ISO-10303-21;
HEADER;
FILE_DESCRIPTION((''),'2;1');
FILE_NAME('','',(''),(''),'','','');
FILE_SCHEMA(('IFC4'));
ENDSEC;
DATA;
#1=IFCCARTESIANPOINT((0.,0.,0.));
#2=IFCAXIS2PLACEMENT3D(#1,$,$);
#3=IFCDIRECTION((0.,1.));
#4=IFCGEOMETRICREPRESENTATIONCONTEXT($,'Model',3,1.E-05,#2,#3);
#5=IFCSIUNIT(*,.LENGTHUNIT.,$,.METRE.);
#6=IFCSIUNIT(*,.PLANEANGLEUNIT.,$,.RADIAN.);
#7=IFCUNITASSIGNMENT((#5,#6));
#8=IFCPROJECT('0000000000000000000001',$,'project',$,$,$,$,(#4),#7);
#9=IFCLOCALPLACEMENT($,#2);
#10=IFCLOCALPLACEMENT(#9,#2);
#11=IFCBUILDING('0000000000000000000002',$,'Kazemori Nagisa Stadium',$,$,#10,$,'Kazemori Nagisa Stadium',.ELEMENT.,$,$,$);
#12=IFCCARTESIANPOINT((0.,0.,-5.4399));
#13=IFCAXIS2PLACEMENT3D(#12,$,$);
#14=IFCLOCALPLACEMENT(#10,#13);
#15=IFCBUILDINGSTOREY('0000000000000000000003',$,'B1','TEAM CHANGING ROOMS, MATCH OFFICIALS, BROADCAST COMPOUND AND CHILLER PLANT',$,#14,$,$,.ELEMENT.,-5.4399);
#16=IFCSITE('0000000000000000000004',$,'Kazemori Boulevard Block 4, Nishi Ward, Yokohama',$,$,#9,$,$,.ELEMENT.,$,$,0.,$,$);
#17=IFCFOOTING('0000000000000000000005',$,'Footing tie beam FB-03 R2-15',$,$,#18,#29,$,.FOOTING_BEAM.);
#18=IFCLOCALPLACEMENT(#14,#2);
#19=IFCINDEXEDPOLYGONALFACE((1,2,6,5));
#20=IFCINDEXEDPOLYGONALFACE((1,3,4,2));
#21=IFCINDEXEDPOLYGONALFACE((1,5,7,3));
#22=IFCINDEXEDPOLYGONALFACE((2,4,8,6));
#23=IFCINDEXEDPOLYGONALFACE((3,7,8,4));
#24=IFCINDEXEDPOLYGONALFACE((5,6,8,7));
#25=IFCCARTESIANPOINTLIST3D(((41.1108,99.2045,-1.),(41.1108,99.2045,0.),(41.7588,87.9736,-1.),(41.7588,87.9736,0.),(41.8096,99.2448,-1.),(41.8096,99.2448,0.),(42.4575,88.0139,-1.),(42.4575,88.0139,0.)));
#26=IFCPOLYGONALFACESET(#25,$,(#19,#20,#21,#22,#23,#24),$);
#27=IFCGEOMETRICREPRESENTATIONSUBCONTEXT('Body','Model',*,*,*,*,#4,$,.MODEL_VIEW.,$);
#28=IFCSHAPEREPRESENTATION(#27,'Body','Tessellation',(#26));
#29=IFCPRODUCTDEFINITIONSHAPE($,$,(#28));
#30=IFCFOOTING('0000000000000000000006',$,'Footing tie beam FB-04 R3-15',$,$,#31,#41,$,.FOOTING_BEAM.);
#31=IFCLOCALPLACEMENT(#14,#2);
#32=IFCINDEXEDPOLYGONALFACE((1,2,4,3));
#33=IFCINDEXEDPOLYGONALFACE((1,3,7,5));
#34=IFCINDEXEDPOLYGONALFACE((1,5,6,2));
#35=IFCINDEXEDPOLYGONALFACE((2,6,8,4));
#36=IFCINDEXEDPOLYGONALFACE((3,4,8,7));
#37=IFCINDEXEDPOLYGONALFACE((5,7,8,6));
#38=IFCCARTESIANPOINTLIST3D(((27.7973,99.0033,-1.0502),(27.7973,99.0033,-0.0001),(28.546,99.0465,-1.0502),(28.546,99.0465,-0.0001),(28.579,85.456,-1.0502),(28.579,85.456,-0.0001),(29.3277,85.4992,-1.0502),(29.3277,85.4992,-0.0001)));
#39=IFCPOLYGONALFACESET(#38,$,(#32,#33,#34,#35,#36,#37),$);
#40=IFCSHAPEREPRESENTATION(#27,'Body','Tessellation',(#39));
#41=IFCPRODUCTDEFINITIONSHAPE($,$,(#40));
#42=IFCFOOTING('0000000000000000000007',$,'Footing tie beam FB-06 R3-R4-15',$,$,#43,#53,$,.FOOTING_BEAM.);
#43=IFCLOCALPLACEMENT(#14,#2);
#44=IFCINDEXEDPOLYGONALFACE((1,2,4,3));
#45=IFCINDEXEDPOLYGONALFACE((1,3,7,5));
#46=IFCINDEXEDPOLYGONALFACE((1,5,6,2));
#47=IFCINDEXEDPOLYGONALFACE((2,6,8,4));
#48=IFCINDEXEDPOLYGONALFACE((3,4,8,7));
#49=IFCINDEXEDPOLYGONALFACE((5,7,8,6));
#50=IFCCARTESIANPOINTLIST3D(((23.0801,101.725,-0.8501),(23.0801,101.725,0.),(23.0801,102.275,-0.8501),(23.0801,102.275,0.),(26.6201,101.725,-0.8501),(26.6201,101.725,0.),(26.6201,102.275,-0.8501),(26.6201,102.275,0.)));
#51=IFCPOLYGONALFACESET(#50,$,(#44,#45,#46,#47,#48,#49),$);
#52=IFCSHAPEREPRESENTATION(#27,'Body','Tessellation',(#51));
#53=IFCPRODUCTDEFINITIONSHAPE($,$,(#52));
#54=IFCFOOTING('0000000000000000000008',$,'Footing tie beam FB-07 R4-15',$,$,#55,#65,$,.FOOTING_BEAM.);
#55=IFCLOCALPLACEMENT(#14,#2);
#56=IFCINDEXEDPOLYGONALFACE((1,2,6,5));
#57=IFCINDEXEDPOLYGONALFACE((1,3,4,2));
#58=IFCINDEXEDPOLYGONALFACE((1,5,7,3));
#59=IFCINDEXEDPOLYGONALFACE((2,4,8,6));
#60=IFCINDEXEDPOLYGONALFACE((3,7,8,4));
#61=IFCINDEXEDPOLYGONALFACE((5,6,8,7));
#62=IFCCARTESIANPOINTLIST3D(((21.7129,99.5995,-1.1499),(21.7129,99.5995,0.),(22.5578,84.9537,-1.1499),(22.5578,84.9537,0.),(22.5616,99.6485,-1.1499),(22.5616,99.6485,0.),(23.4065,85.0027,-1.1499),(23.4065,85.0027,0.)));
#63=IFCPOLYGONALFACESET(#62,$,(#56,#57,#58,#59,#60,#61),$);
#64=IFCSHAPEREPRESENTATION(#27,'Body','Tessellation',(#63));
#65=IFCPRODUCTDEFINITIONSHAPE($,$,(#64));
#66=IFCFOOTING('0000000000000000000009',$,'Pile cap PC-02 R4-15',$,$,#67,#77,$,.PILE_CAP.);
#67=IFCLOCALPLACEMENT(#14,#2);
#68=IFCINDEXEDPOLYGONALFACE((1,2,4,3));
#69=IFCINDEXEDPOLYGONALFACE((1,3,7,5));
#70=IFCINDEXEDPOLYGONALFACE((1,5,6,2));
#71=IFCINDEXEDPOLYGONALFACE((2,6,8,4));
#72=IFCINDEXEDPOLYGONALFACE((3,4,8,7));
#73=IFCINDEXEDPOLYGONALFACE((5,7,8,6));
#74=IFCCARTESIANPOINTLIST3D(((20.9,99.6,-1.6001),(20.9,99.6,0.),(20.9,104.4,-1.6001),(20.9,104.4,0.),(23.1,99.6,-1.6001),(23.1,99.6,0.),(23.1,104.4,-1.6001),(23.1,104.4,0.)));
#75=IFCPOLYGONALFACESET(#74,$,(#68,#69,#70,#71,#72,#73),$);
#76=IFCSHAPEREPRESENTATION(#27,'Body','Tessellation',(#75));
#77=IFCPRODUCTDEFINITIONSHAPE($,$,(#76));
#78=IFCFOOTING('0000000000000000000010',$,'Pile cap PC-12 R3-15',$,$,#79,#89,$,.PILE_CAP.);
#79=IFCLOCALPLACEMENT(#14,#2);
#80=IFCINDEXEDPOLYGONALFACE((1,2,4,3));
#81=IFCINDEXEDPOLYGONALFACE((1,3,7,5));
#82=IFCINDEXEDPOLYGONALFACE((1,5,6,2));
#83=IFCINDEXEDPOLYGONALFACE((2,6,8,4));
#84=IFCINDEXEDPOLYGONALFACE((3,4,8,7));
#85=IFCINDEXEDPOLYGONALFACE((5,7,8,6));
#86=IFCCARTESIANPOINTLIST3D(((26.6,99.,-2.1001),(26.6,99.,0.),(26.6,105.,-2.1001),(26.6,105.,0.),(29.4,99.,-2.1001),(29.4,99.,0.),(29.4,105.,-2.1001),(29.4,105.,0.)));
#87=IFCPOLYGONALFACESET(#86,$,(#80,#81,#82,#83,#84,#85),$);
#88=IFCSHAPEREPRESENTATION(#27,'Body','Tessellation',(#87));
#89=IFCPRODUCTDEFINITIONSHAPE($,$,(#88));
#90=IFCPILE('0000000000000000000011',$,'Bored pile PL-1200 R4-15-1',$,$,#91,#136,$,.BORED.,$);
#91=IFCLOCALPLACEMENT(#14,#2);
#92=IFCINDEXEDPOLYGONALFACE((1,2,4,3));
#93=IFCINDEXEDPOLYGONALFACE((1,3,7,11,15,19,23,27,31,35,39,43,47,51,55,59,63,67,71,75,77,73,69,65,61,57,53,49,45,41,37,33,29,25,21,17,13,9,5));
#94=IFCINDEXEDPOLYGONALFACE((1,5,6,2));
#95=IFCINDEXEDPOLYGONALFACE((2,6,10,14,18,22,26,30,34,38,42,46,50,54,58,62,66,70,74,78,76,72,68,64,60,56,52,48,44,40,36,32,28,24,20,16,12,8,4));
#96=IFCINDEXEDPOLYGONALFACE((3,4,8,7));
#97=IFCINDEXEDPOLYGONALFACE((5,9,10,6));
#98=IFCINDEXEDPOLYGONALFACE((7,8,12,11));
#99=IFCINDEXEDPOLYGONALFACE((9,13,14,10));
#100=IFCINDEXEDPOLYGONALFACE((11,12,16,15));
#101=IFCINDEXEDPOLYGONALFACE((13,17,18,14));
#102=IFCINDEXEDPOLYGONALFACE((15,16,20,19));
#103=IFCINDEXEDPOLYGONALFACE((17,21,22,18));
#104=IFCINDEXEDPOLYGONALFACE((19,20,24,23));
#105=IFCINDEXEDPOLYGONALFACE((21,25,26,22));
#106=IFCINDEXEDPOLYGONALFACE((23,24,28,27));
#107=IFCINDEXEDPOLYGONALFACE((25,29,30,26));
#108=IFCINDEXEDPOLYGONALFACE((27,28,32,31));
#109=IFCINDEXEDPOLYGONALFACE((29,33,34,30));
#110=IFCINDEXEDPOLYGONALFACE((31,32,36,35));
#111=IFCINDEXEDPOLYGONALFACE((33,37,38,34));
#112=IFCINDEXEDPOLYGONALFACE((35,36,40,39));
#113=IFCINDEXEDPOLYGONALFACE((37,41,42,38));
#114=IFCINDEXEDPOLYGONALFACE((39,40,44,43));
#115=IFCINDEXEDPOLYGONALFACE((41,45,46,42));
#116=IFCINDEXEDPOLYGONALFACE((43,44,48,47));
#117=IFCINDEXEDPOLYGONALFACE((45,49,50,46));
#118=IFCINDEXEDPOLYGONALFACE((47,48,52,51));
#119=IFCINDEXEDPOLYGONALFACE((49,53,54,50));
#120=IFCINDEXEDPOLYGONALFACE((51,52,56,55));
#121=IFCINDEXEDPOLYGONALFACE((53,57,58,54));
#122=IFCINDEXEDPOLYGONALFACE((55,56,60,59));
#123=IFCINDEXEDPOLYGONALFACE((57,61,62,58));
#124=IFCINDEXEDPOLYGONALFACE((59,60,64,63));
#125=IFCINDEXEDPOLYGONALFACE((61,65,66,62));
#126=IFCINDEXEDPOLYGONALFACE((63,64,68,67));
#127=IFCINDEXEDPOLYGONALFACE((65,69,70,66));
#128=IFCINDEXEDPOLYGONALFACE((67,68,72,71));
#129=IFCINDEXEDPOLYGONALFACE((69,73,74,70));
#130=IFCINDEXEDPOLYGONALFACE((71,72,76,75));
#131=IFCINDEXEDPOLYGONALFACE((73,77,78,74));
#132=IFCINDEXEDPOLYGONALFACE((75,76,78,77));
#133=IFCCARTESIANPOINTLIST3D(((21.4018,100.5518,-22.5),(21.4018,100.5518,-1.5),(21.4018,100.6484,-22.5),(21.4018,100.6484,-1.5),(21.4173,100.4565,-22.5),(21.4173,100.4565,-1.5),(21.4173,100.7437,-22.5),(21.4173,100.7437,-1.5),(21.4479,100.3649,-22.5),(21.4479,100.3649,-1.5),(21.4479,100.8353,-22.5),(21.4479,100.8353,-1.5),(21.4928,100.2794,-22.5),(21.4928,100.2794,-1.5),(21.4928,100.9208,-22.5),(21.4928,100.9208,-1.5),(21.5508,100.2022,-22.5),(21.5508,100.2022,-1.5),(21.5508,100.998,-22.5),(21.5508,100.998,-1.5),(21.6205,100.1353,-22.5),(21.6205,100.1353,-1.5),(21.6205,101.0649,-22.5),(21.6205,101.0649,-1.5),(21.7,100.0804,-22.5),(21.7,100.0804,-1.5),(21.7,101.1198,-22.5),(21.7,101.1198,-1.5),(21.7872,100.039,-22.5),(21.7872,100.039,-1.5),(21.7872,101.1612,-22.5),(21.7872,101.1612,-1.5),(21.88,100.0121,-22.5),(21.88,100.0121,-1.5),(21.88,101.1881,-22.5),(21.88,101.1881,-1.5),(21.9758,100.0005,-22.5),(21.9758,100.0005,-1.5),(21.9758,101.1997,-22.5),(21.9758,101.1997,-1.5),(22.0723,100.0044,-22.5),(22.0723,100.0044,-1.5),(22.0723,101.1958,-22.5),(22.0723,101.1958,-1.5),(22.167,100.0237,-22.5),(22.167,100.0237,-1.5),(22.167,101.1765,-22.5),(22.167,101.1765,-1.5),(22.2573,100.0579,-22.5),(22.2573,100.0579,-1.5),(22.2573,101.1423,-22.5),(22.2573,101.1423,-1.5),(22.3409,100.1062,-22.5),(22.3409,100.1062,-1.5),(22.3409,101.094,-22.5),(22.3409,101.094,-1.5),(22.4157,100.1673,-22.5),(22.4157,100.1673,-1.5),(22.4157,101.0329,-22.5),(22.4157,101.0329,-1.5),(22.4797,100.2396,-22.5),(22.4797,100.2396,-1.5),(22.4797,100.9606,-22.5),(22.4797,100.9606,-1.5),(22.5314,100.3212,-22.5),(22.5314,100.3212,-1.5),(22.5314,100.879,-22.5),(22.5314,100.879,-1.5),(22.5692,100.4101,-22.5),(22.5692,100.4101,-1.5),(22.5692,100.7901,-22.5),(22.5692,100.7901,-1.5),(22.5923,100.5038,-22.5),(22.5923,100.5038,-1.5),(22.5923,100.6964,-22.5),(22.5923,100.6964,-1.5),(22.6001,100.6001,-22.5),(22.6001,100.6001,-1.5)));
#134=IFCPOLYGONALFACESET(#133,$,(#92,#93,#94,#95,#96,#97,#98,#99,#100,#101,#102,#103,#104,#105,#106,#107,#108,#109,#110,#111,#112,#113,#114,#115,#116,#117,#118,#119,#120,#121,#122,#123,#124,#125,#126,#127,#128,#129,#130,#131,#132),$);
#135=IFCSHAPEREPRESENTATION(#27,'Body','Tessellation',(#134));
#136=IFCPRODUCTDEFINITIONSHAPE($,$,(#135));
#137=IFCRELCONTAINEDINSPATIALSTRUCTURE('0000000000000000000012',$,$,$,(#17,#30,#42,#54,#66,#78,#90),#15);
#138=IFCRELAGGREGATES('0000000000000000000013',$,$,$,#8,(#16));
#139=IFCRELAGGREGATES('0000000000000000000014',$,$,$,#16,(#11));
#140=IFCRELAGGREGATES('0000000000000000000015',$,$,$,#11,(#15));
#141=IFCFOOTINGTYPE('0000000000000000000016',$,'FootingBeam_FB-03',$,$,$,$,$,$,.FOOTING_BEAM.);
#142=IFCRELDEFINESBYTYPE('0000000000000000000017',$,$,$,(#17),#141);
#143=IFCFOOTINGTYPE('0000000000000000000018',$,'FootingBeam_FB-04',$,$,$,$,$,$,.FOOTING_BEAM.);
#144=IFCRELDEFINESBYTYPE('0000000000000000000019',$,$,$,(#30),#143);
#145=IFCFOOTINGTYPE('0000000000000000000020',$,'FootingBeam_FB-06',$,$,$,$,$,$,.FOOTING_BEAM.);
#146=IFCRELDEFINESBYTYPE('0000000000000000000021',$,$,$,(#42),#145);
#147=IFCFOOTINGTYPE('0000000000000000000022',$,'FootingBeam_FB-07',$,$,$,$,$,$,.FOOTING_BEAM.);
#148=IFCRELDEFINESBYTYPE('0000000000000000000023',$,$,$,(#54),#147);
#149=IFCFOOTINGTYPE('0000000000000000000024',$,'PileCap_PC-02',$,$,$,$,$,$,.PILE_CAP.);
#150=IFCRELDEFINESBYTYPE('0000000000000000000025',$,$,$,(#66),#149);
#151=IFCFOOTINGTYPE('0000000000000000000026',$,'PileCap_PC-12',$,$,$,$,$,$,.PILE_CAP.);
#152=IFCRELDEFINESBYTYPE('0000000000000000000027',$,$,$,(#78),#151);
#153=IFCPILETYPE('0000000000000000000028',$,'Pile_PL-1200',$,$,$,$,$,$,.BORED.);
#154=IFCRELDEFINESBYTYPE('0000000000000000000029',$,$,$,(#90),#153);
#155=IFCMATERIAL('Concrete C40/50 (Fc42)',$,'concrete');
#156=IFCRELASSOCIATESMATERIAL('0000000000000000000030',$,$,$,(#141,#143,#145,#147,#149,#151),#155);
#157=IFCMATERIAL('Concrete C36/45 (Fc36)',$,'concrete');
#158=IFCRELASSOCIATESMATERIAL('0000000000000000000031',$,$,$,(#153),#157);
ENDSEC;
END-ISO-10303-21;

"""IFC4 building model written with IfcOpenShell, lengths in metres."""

from ifc_helpers import new_model, si_unit, direction, frame, origin, origin_2d, place, context, subcontext, project, spatial, rectangle, circle, extrude, material, material_profile, profile_set, type_object, element, save


model = new_model("IFC4")

# Units and contexts
model_context = context("Model", 3, precision=1e-05, world=origin(), true_north=direction((0.0, 1.0)))
body_context = subcontext(model_context, "Body", "Model", "MODEL_VIEW")
ifc_project = project(units=[si_unit("LENGTHUNIT", "METRE"), si_unit("PLANEANGLEUNIT", "RADIAN")], contexts=[model_context])

# Site, building, storey
site_placement = place(None, origin())
site = spatial("IfcSite", under=ifc_project, at=site_placement, Name="Kazemori Boulevard Block 4, Nishi Ward, Yokohama", CompositionType="ELEMENT", RefElevation=0.0)
building_placement = place(site_placement, origin())
building = spatial("IfcBuilding", under=site, at=building_placement, Name="Kazemori Nagisa Stadium", LongName="Kazemori Nagisa Stadium", CompositionType="ELEMENT")
storey_placement = place(building_placement, frame((0.0, 0.0, -5.4399)))
storey = spatial("IfcBuildingStorey", under=building, at=storey_placement, Name="B1", Description="TEAM CHANGING ROOMS, MATCH OFFICIALS, BROADCAST COMPOUND AND CHILLER PLANT", CompositionType="ELEMENT", Elevation=-5.4399)

# Footings
ifc_material_1 = material(Name="Concrete C40/50 (Fc42)", Category="concrete")
ifc_material_profile_1 = material_profile(ifc_material_1, rectangle(XDim=0.7, YDim=1.0, at=origin_2d()), Name="RC-FB-700x1000")
ifc_profile_set_1 = profile_set([ifc_material_profile_1], Name="Concrete C40/50 (Fc42)")
footing_type_1 = type_object("IfcFootingType", Name="FootingBeam_FB-03", PredefinedType="FOOTING_BEAM", material=ifc_profile_set_1)
footing_1_placement = place(storey_placement, frame((41.4602, 99.2246, -0.5), z_axis=(0.057597, -0.99834, 0.0), x_axis=(0.99834, 0.057597, 0.0)))
element("IfcFooting", 1, at=footing_1_placement, inside=storey, type_object=footing_type_1, Name="Footing tie beam FB-03 R2-15", PredefinedType="FOOTING_BEAM", context=body_context, shape_type="SweptSolid", body=[
    extrude(rectangle(XDim=0.7, YDim=1.0, at=origin_2d()), origin(), (0.0, 0.0, 1.0), 11.2495),
])
ifc_material_profile_2 = material_profile(ifc_material_1, rectangle(XDim=0.75, YDim=1.05, at=origin_2d()), Name="RC-FB-750x1050")
ifc_profile_set_2 = profile_set([ifc_material_profile_2], Name="Concrete C40/50 (Fc42)")
footing_type_2 = type_object("IfcFootingType", Name="FootingBeam_FB-04", PredefinedType="FOOTING_BEAM", material=ifc_profile_set_2)
footing_2_placement = place(storey_placement, frame((28.1716, 99.0249, -0.5251), z_axis=(0.057608, -0.998339, 0.0), x_axis=(0.998339, 0.057608, 0.0)))
element("IfcFooting", 2, at=footing_2_placement, inside=storey, type_object=footing_type_2, Name="Footing tie beam FB-04 R3-15", PredefinedType="FOOTING_BEAM", context=body_context, shape_type="SweptSolid", body=[
    extrude(rectangle(XDim=0.75, YDim=1.05, at=origin_2d()), origin(), (0.0, 0.0, 1.0), 13.5698),
])
ifc_material_profile_3 = material_profile(ifc_material_1, rectangle(XDim=0.55, YDim=0.8501, at=origin_2d()), Name="RC-FB-550x850")
ifc_profile_set_3 = profile_set([ifc_material_profile_3], Name="Concrete C40/50 (Fc42)")
footing_type_3 = type_object("IfcFootingType", Name="FootingBeam_FB-06", PredefinedType="FOOTING_BEAM", material=ifc_profile_set_3)
footing_3_placement = place(storey_placement, frame((26.6201, 102.0, -0.425), z_axis=(-1.0, 0.0, 0.0), x_axis=(0.0, -1.0, 0.0)))
element("IfcFooting", 3, at=footing_3_placement, inside=storey, type_object=footing_type_3, Name="Footing tie beam FB-06 R3-R4-15", PredefinedType="FOOTING_BEAM", context=body_context, shape_type="SweptSolid", body=[
    extrude(rectangle(XDim=0.55, YDim=0.8501, at=origin_2d()), origin(), (0.0, 0.0, 1.0), 3.54),
])
ifc_material_profile_4 = material_profile(ifc_material_1, rectangle(XDim=0.8501, YDim=1.1499, at=origin_2d()), Name="RC-FB-850x1150")
ifc_profile_set_4 = profile_set([ifc_material_profile_4], Name="Concrete C40/50 (Fc42)")
footing_type_4 = type_object("IfcFootingType", Name="FootingBeam_FB-07", PredefinedType="FOOTING_BEAM", material=ifc_profile_set_4)
footing_4_placement = place(storey_placement, frame((22.1372, 99.624, -0.575), z_axis=(0.057598, -0.99834, 0.0), x_axis=(0.99834, 0.057598, 0.0)))
element("IfcFooting", 4, at=footing_4_placement, inside=storey, type_object=footing_type_4, Name="Footing tie beam FB-07 R4-15", PredefinedType="FOOTING_BEAM", context=body_context, shape_type="SweptSolid", body=[
    extrude(rectangle(XDim=0.8501, YDim=1.1499, at=origin_2d()), origin(), (0.0, 0.0, 1.0), 14.6702),
])
footing_type_5 = type_object("IfcFootingType", Name="PileCap_PC-02", PredefinedType="PILE_CAP", material=ifc_material_1)
footing_5_placement = place(storey_placement, frame((22.0, 102.0, -1.6001), z_axis=(0.0, 0.0, 1.0), x_axis=(0.0, 1.0, 0.0)))
element("IfcFooting", 5, at=footing_5_placement, inside=storey, type_object=footing_type_5, Name="Pile cap PC-02 R4-15", PredefinedType="PILE_CAP", context=body_context, shape_type="SweptSolid", body=[
    extrude(rectangle(XDim=4.8, YDim=2.2, at=origin_2d()), origin(), (0.0, 0.0, 1.0), 1.6001),
])
footing_type_6 = type_object("IfcFootingType", Name="PileCap_PC-12", PredefinedType="PILE_CAP", material=ifc_material_1)
footing_6_placement = place(storey_placement, frame((28.0, 102.0, -2.1001), z_axis=(0.0, 0.0, 1.0), x_axis=(0.0, -1.0, 0.0)))
element("IfcFooting", 6, at=footing_6_placement, inside=storey, type_object=footing_type_6, Name="Pile cap PC-12 R3-15", PredefinedType="PILE_CAP", context=body_context, shape_type="SweptSolid", body=[
    extrude(rectangle(XDim=6.0, YDim=2.8, at=origin_2d()), origin(), (0.0, 0.0, 1.0), 2.1001),
])

# Pile
ifc_material_2 = material(Name="Concrete C36/45 (Fc36)", Category="concrete")
ifc_material_profile_5 = material_profile(ifc_material_2, circle(Radius=0.6001, at=origin_2d()), Name="PILE-D1200")
ifc_profile_set_5 = profile_set([ifc_material_profile_5], Name="Concrete C36/45 (Fc36)")
pile_type_1 = type_object("IfcPileType", Name="Pile_PL-1200", PredefinedType="BORED", material=ifc_profile_set_5)
pile_placement = place(storey_placement, frame((22.0, 100.6001, -1.5), z_axis=(0.0, 0.0, -1.0), x_axis=(1.0, 0.0, 0.0)))
element("IfcPile", 7, at=pile_placement, inside=storey, type_object=pile_type_1, Name="Bored pile PL-1200 R4-15-1", PredefinedType="BORED", context=body_context, shape_type="SweptSolid", body=[
    extrude(circle(Radius=0.6001, at=origin_2d()), origin(), (0.0, 0.0, 1.0), 21.0),
])

save(model, "model.ifc")
